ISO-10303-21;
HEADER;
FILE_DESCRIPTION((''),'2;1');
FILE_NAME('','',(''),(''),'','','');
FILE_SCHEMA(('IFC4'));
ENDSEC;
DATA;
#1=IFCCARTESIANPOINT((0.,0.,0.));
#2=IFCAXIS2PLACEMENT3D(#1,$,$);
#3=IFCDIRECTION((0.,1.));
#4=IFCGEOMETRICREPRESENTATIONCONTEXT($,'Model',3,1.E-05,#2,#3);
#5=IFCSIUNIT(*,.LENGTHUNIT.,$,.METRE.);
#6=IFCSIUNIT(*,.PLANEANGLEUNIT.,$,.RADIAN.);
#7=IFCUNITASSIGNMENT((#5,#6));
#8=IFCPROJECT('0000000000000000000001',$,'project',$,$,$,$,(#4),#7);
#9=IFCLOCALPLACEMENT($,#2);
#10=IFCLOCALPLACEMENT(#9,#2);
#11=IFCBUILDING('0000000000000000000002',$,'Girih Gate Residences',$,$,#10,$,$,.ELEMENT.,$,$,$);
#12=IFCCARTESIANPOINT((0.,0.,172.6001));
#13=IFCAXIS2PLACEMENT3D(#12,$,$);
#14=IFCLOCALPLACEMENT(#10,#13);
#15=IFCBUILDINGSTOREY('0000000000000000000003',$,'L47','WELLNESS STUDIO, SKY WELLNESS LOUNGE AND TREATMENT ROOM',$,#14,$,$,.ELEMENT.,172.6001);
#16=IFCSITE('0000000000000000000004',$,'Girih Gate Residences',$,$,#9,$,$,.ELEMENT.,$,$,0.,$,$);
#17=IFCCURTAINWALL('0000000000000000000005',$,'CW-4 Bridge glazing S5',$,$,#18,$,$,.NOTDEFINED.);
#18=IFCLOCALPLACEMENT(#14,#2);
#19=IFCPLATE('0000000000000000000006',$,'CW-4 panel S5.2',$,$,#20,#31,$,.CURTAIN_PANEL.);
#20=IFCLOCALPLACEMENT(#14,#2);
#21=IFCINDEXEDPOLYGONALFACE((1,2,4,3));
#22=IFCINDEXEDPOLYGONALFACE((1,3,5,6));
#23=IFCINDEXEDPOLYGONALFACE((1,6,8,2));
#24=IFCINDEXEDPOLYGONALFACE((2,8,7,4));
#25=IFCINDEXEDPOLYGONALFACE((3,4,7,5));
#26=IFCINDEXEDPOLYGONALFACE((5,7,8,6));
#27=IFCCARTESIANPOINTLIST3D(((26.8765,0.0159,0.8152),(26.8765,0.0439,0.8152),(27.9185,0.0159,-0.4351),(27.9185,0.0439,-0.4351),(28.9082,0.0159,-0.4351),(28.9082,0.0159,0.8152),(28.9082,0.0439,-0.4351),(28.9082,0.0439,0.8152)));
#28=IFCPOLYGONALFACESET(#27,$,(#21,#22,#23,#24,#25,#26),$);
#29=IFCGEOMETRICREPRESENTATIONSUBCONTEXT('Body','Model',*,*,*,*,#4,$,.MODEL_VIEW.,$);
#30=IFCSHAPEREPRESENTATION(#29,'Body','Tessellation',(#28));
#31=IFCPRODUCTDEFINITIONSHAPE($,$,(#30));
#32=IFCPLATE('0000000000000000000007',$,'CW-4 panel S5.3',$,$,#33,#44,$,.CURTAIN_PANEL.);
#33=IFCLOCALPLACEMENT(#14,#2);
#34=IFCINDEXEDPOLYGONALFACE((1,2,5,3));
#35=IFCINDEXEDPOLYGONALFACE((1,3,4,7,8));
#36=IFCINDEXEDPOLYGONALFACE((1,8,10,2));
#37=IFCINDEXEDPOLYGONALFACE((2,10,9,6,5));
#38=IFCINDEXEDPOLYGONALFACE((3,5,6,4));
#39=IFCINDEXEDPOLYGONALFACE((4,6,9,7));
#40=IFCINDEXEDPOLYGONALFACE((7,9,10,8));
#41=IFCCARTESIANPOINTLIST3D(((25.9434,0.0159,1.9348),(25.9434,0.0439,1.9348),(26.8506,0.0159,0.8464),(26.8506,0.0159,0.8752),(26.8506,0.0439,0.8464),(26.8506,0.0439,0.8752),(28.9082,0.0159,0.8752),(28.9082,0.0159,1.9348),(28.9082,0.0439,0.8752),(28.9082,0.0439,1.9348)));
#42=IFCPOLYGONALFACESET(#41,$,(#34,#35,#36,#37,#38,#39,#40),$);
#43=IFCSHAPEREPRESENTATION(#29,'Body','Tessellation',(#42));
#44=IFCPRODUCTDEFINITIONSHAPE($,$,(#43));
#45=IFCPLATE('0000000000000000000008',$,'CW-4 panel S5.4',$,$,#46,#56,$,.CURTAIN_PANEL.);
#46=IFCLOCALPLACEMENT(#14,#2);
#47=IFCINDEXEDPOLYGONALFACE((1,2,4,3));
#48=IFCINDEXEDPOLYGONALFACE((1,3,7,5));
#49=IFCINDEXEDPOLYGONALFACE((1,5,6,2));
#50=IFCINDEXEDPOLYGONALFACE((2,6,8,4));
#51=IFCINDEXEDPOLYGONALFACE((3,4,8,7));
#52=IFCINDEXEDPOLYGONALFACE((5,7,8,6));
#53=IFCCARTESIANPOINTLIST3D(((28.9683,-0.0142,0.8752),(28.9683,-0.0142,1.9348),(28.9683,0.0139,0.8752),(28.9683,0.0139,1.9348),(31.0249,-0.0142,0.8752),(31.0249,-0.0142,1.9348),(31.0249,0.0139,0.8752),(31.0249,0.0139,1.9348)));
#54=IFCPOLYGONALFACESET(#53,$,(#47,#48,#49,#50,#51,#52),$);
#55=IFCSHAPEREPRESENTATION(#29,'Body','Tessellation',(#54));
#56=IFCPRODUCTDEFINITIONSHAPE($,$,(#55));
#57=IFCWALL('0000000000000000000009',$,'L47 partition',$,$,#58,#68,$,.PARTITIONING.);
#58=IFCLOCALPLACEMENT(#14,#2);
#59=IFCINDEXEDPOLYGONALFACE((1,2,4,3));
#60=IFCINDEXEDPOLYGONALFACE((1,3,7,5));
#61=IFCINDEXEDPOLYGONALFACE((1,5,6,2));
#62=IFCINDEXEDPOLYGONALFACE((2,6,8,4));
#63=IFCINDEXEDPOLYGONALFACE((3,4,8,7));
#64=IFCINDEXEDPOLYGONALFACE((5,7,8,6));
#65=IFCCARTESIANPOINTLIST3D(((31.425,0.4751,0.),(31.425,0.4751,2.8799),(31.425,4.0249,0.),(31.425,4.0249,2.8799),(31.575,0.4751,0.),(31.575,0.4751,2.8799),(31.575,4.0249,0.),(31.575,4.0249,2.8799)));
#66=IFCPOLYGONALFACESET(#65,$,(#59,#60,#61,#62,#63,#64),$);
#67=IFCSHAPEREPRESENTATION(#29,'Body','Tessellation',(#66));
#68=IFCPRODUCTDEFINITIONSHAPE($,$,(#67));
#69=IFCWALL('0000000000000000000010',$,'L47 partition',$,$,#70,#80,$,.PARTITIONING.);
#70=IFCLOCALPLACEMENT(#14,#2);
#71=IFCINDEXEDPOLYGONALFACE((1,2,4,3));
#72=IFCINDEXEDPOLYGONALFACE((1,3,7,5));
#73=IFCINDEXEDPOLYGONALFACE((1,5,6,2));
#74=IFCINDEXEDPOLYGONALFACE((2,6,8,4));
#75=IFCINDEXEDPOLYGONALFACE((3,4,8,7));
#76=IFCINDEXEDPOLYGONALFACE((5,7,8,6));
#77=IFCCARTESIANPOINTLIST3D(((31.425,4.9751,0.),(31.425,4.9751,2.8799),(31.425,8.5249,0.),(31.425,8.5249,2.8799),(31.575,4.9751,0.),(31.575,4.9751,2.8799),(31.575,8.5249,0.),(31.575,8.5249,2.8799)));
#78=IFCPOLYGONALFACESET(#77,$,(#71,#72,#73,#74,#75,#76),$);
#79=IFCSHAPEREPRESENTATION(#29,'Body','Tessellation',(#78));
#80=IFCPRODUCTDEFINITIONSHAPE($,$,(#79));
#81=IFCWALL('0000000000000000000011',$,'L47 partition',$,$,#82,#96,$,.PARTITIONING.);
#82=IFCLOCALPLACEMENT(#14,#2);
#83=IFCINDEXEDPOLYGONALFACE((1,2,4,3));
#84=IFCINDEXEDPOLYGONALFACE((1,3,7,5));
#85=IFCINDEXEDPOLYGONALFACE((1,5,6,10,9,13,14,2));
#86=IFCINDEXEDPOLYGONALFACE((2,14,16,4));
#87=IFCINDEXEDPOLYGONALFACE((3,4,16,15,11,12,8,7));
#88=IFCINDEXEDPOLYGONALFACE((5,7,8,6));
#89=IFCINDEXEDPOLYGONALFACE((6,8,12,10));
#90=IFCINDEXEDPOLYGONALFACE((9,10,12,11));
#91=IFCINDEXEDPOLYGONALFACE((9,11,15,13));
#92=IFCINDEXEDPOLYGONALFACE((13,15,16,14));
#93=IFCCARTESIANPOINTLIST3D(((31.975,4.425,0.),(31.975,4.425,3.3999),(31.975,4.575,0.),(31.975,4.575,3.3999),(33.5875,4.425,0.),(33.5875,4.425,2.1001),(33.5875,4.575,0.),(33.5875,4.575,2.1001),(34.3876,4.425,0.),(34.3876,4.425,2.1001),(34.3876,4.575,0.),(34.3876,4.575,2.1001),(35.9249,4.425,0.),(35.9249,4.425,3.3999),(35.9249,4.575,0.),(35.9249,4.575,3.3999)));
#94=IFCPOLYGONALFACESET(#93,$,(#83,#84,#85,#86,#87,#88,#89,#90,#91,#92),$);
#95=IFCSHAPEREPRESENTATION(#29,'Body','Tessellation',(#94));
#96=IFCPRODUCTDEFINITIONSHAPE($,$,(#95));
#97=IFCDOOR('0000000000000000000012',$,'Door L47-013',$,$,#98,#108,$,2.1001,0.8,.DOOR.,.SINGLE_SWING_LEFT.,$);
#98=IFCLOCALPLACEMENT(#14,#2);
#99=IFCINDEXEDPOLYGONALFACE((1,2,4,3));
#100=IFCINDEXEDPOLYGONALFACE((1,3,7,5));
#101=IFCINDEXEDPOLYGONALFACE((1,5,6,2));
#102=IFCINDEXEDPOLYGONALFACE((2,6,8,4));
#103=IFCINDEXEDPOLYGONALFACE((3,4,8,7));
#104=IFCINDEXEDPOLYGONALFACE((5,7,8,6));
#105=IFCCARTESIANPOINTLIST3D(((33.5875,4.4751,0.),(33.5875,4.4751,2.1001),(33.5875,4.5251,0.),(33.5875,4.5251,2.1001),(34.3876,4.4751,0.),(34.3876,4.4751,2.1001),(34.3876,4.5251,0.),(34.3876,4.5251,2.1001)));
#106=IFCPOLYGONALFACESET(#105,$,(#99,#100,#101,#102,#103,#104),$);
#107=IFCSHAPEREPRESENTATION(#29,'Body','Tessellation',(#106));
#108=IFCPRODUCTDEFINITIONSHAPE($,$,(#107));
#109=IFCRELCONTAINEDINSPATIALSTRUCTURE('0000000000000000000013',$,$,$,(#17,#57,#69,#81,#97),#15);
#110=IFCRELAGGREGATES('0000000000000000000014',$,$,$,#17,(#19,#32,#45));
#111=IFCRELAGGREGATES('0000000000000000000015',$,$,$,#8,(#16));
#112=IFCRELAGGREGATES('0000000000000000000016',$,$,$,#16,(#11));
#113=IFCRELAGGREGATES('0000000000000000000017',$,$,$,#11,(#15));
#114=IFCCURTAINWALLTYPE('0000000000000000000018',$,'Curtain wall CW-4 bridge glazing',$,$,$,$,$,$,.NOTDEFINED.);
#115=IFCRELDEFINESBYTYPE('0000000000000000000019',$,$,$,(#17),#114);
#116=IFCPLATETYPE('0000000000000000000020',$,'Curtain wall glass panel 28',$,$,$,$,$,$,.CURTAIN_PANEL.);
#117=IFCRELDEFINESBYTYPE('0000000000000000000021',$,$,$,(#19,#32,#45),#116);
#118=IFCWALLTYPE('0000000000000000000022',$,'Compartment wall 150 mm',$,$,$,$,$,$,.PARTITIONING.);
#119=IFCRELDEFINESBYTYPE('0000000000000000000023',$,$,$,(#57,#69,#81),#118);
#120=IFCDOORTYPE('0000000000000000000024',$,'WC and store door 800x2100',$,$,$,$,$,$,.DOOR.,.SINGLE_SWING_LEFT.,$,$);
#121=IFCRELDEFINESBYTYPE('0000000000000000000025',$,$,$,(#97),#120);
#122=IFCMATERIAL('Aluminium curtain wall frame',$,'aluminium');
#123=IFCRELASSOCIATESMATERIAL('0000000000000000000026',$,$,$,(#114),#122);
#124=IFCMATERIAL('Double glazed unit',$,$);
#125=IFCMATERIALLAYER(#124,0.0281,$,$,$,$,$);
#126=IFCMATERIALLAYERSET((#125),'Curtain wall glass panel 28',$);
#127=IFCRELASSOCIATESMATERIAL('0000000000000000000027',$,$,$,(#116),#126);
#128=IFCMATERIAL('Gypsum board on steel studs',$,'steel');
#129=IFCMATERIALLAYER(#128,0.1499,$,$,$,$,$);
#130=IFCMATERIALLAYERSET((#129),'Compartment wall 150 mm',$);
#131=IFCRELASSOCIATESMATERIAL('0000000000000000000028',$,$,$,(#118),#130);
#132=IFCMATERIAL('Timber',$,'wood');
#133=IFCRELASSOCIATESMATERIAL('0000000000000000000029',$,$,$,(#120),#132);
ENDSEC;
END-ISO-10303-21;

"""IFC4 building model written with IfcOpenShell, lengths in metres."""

from ifc_helpers import new_model, si_unit, direction, frame, frame_2d, origin, place, context, subcontext, project, spatial, polyline, rectangle, outline, extrude, material, layer, layer_set, type_object, element, fill, aggregate, save


model = new_model("IFC4")

# Units and contexts
model_context = context("Model", 3, precision=1e-05, world=origin(), true_north=direction((0.0, 1.0)))
body_context = subcontext(model_context, "Body", "Model", "MODEL_VIEW")
ifc_project = project(units=[si_unit("LENGTHUNIT", "METRE"), si_unit("PLANEANGLEUNIT", "RADIAN")], contexts=[model_context])

# Site, building, storey
site_placement = place(None, origin())
site = spatial("IfcSite", under=ifc_project, at=site_placement, Name="Girih Gate Residences", CompositionType="ELEMENT", RefElevation=0.0)
building_placement = place(site_placement, origin())
building = spatial("IfcBuilding", under=site, at=building_placement, Name="Girih Gate Residences", CompositionType="ELEMENT")
storey_placement = place(building_placement, frame((0.0, 0.0, 172.6001)))
storey = spatial("IfcBuildingStorey", under=building, at=storey_placement, Name="L47", Description="WELLNESS STUDIO, SKY WELLNESS LOUNGE AND TREATMENT ROOM", CompositionType="ELEMENT", Elevation=172.6001)

# Shared definitions
ifc_material_1 = material(Name="Aluminium curtain wall frame", Category="aluminium")
curtain_wall_type = type_object("IfcCurtainWallType", Name="Curtain wall CW-4 bridge glazing", PredefinedType="NOTDEFINED", material=ifc_material_1)

# Curtain wall
curtain_wall_1_placement = place(storey_placement, origin())
curtain_wall_1 = element("IfcCurtainWall", 1, at=curtain_wall_1_placement, inside=storey, type_object=curtain_wall_type, Name="CW-4 Bridge glazing S5", PredefinedType="NOTDEFINED")

# Plates
ifc_material_2 = material(Name="Double glazed unit")
ifc_layer_1 = layer(ifc_material_2, 0.0281)
ifc_layer_set_1 = layer_set([ifc_layer_1], Name="Curtain wall glass panel 28")
plate_type = type_object("IfcPlateType", Name="Curtain wall glass panel 28", PredefinedType="CURTAIN_PANEL", material=ifc_layer_set_1)
plate_1_placement = place(storey_placement, frame((27.9185, 0.0439, -0.4351), z_axis=(0.0, 1.0, 0.0), x_axis=(-0.640229, 0.0, 0.768184)))
plate_1 = element("IfcPlate", 2, at=plate_1_placement, type_object=plate_type, Name="CW-4 panel S5.2", PredefinedType="CURTAIN_PANEL", context=body_context, shape_type="SweptSolid", body=[
    extrude(outline(polyline([(0.0, 0.0), (1.6275, 0.0), (0.3268, 1.5607), (-0.6337, 0.7603), (0.0, 0.0)])), origin(), (0.0, 0.0, -1.0), 0.0281),
])
plate_2_placement = place(storey_placement, frame((25.9434, 0.0439, 1.9348), z_axis=(0.0, 1.0, 0.0), x_axis=(1.0, 0.0, 0.0)))
plate_2 = element("IfcPlate", 3, at=plate_2_placement, type_object=plate_type, Name="CW-4 panel S5.3", PredefinedType="CURTAIN_PANEL", context=body_context, shape_type="SweptSolid", body=[
    extrude(outline(polyline([(0.0, 0.0), (2.9648, 0.0), (2.9648, 1.0596), (0.9072, 1.0596), (0.9072, 1.0884), (0.0, 0.0)])), origin(), (0.0, 0.0, -1.0), 0.0281),
])
plate_3_placement = place(storey_placement, frame((31.0249, 0.0139, 1.9348), z_axis=(0.0, 1.0, 0.0), x_axis=(0.0, 0.0, -1.0)))
plate_3 = element("IfcPlate", 4, at=plate_3_placement, type_object=plate_type, Name="CW-4 panel S5.4", PredefinedType="CURTAIN_PANEL", context=body_context, shape_type="SweptSolid", body=[
    extrude(outline(polyline([(0.0, 0.0), (1.0596, 0.0), (1.0596, 2.0566), (0.0, 2.0566), (0.0, 0.0)])), origin(), (0.0, 0.0, -1.0), 0.0281),
])
aggregate(curtain_wall_1, [plate_1, plate_2, plate_3])

# Walls
ifc_material_3 = material(Name="Gypsum board on steel studs", Category="steel")
ifc_layer_2 = layer(ifc_material_3, 0.1499)
ifc_layer_set_2 = layer_set([ifc_layer_2], Name="Compartment wall 150 mm")
wall_type = type_object("IfcWallType", Name="Compartment wall 150 mm", PredefinedType="PARTITIONING", material=ifc_layer_set_2)
for number, where, z_axis, x_axis, name in (
    (5, (31.5, 0.4751, 0.0), (0.0, 0.0, 1.0), (0.0, 1.0, 0.0), "L47 partition"),
    (6, (31.5, 4.9751, 0.0), (0.0, 0.0, 1.0), (0.0, 1.0, 0.0), "L47 partition"),
):
    element("IfcWall", number, at=place(storey_placement, frame(where, z_axis=z_axis, x_axis=x_axis)), inside=storey, type_object=wall_type, Name=name, PredefinedType="PARTITIONING", context=body_context, shape_type="SweptSolid", body=[
        extrude(rectangle(XDim=3.5498, YDim=0.1499, at=frame_2d((1.7749, 0.0))), origin(), (0.0, 0.0, 1.0), 2.8799),
    ])

# Wall, opening, door
wall_placement = place(storey_placement, frame((35.925, 4.5, 0.0), z_axis=(0.0, 0.0, 1.0), x_axis=(-1.0, 0.0, 0.0)))
wall = element("IfcWall", 7, at=wall_placement, inside=storey, type_object=wall_type, Name="L47 partition", PredefinedType="PARTITIONING", context=body_context, shape_type="SweptSolid", body=[
    extrude(rectangle(XDim=3.95, YDim=0.1499, at=frame_2d((1.9751, 0.0))), origin(), (0.0, 0.0, 1.0), 3.3999),
])
opening_placement = place(wall_placement, frame((1.5376, 0.0, 0.0)))
opening = element("IfcOpeningElement", 8, at=opening_placement, cuts=wall, PredefinedType="OPENING", context=body_context, shape_type="SweptSolid", body=[
    extrude(rectangle(XDim=0.8, YDim=2.1001, at=frame_2d((0.3999, 1.05))), frame((0.0, 0.085, 0.0), z_axis=(0.0, -1.0, 0.0), x_axis=(1.0, 0.0, 0.0)), (0.0, 0.0, 1.0), 0.1699),
])
ifc_material_4 = material(Name="Timber", Category="wood")
door_type = type_object("IfcDoorType", Name="WC and store door 800x2100", OperationType="SINGLE_SWING_LEFT", PredefinedType="DOOR", material=ifc_material_4)
door_placement = place(opening_placement, origin())
door = element("IfcDoor", 9, at=door_placement, inside=storey, type_object=door_type, Name="Door L47-013", OperationType="SINGLE_SWING_LEFT", OverallHeight=2.1001, OverallWidth=0.8, PredefinedType="DOOR", context=body_context, shape_type="SweptSolid", body=[
    extrude(rectangle(XDim=0.8, YDim=2.1001, at=frame_2d((0.3999, 1.05))), frame((0.0, 0.0249, 0.0), z_axis=(0.0, -1.0, 0.0), x_axis=(1.0, 0.0, 0.0)), (0.0, 0.0, 1.0), 0.05),
])
fill(opening, door)

save(model, "model.ifc")
